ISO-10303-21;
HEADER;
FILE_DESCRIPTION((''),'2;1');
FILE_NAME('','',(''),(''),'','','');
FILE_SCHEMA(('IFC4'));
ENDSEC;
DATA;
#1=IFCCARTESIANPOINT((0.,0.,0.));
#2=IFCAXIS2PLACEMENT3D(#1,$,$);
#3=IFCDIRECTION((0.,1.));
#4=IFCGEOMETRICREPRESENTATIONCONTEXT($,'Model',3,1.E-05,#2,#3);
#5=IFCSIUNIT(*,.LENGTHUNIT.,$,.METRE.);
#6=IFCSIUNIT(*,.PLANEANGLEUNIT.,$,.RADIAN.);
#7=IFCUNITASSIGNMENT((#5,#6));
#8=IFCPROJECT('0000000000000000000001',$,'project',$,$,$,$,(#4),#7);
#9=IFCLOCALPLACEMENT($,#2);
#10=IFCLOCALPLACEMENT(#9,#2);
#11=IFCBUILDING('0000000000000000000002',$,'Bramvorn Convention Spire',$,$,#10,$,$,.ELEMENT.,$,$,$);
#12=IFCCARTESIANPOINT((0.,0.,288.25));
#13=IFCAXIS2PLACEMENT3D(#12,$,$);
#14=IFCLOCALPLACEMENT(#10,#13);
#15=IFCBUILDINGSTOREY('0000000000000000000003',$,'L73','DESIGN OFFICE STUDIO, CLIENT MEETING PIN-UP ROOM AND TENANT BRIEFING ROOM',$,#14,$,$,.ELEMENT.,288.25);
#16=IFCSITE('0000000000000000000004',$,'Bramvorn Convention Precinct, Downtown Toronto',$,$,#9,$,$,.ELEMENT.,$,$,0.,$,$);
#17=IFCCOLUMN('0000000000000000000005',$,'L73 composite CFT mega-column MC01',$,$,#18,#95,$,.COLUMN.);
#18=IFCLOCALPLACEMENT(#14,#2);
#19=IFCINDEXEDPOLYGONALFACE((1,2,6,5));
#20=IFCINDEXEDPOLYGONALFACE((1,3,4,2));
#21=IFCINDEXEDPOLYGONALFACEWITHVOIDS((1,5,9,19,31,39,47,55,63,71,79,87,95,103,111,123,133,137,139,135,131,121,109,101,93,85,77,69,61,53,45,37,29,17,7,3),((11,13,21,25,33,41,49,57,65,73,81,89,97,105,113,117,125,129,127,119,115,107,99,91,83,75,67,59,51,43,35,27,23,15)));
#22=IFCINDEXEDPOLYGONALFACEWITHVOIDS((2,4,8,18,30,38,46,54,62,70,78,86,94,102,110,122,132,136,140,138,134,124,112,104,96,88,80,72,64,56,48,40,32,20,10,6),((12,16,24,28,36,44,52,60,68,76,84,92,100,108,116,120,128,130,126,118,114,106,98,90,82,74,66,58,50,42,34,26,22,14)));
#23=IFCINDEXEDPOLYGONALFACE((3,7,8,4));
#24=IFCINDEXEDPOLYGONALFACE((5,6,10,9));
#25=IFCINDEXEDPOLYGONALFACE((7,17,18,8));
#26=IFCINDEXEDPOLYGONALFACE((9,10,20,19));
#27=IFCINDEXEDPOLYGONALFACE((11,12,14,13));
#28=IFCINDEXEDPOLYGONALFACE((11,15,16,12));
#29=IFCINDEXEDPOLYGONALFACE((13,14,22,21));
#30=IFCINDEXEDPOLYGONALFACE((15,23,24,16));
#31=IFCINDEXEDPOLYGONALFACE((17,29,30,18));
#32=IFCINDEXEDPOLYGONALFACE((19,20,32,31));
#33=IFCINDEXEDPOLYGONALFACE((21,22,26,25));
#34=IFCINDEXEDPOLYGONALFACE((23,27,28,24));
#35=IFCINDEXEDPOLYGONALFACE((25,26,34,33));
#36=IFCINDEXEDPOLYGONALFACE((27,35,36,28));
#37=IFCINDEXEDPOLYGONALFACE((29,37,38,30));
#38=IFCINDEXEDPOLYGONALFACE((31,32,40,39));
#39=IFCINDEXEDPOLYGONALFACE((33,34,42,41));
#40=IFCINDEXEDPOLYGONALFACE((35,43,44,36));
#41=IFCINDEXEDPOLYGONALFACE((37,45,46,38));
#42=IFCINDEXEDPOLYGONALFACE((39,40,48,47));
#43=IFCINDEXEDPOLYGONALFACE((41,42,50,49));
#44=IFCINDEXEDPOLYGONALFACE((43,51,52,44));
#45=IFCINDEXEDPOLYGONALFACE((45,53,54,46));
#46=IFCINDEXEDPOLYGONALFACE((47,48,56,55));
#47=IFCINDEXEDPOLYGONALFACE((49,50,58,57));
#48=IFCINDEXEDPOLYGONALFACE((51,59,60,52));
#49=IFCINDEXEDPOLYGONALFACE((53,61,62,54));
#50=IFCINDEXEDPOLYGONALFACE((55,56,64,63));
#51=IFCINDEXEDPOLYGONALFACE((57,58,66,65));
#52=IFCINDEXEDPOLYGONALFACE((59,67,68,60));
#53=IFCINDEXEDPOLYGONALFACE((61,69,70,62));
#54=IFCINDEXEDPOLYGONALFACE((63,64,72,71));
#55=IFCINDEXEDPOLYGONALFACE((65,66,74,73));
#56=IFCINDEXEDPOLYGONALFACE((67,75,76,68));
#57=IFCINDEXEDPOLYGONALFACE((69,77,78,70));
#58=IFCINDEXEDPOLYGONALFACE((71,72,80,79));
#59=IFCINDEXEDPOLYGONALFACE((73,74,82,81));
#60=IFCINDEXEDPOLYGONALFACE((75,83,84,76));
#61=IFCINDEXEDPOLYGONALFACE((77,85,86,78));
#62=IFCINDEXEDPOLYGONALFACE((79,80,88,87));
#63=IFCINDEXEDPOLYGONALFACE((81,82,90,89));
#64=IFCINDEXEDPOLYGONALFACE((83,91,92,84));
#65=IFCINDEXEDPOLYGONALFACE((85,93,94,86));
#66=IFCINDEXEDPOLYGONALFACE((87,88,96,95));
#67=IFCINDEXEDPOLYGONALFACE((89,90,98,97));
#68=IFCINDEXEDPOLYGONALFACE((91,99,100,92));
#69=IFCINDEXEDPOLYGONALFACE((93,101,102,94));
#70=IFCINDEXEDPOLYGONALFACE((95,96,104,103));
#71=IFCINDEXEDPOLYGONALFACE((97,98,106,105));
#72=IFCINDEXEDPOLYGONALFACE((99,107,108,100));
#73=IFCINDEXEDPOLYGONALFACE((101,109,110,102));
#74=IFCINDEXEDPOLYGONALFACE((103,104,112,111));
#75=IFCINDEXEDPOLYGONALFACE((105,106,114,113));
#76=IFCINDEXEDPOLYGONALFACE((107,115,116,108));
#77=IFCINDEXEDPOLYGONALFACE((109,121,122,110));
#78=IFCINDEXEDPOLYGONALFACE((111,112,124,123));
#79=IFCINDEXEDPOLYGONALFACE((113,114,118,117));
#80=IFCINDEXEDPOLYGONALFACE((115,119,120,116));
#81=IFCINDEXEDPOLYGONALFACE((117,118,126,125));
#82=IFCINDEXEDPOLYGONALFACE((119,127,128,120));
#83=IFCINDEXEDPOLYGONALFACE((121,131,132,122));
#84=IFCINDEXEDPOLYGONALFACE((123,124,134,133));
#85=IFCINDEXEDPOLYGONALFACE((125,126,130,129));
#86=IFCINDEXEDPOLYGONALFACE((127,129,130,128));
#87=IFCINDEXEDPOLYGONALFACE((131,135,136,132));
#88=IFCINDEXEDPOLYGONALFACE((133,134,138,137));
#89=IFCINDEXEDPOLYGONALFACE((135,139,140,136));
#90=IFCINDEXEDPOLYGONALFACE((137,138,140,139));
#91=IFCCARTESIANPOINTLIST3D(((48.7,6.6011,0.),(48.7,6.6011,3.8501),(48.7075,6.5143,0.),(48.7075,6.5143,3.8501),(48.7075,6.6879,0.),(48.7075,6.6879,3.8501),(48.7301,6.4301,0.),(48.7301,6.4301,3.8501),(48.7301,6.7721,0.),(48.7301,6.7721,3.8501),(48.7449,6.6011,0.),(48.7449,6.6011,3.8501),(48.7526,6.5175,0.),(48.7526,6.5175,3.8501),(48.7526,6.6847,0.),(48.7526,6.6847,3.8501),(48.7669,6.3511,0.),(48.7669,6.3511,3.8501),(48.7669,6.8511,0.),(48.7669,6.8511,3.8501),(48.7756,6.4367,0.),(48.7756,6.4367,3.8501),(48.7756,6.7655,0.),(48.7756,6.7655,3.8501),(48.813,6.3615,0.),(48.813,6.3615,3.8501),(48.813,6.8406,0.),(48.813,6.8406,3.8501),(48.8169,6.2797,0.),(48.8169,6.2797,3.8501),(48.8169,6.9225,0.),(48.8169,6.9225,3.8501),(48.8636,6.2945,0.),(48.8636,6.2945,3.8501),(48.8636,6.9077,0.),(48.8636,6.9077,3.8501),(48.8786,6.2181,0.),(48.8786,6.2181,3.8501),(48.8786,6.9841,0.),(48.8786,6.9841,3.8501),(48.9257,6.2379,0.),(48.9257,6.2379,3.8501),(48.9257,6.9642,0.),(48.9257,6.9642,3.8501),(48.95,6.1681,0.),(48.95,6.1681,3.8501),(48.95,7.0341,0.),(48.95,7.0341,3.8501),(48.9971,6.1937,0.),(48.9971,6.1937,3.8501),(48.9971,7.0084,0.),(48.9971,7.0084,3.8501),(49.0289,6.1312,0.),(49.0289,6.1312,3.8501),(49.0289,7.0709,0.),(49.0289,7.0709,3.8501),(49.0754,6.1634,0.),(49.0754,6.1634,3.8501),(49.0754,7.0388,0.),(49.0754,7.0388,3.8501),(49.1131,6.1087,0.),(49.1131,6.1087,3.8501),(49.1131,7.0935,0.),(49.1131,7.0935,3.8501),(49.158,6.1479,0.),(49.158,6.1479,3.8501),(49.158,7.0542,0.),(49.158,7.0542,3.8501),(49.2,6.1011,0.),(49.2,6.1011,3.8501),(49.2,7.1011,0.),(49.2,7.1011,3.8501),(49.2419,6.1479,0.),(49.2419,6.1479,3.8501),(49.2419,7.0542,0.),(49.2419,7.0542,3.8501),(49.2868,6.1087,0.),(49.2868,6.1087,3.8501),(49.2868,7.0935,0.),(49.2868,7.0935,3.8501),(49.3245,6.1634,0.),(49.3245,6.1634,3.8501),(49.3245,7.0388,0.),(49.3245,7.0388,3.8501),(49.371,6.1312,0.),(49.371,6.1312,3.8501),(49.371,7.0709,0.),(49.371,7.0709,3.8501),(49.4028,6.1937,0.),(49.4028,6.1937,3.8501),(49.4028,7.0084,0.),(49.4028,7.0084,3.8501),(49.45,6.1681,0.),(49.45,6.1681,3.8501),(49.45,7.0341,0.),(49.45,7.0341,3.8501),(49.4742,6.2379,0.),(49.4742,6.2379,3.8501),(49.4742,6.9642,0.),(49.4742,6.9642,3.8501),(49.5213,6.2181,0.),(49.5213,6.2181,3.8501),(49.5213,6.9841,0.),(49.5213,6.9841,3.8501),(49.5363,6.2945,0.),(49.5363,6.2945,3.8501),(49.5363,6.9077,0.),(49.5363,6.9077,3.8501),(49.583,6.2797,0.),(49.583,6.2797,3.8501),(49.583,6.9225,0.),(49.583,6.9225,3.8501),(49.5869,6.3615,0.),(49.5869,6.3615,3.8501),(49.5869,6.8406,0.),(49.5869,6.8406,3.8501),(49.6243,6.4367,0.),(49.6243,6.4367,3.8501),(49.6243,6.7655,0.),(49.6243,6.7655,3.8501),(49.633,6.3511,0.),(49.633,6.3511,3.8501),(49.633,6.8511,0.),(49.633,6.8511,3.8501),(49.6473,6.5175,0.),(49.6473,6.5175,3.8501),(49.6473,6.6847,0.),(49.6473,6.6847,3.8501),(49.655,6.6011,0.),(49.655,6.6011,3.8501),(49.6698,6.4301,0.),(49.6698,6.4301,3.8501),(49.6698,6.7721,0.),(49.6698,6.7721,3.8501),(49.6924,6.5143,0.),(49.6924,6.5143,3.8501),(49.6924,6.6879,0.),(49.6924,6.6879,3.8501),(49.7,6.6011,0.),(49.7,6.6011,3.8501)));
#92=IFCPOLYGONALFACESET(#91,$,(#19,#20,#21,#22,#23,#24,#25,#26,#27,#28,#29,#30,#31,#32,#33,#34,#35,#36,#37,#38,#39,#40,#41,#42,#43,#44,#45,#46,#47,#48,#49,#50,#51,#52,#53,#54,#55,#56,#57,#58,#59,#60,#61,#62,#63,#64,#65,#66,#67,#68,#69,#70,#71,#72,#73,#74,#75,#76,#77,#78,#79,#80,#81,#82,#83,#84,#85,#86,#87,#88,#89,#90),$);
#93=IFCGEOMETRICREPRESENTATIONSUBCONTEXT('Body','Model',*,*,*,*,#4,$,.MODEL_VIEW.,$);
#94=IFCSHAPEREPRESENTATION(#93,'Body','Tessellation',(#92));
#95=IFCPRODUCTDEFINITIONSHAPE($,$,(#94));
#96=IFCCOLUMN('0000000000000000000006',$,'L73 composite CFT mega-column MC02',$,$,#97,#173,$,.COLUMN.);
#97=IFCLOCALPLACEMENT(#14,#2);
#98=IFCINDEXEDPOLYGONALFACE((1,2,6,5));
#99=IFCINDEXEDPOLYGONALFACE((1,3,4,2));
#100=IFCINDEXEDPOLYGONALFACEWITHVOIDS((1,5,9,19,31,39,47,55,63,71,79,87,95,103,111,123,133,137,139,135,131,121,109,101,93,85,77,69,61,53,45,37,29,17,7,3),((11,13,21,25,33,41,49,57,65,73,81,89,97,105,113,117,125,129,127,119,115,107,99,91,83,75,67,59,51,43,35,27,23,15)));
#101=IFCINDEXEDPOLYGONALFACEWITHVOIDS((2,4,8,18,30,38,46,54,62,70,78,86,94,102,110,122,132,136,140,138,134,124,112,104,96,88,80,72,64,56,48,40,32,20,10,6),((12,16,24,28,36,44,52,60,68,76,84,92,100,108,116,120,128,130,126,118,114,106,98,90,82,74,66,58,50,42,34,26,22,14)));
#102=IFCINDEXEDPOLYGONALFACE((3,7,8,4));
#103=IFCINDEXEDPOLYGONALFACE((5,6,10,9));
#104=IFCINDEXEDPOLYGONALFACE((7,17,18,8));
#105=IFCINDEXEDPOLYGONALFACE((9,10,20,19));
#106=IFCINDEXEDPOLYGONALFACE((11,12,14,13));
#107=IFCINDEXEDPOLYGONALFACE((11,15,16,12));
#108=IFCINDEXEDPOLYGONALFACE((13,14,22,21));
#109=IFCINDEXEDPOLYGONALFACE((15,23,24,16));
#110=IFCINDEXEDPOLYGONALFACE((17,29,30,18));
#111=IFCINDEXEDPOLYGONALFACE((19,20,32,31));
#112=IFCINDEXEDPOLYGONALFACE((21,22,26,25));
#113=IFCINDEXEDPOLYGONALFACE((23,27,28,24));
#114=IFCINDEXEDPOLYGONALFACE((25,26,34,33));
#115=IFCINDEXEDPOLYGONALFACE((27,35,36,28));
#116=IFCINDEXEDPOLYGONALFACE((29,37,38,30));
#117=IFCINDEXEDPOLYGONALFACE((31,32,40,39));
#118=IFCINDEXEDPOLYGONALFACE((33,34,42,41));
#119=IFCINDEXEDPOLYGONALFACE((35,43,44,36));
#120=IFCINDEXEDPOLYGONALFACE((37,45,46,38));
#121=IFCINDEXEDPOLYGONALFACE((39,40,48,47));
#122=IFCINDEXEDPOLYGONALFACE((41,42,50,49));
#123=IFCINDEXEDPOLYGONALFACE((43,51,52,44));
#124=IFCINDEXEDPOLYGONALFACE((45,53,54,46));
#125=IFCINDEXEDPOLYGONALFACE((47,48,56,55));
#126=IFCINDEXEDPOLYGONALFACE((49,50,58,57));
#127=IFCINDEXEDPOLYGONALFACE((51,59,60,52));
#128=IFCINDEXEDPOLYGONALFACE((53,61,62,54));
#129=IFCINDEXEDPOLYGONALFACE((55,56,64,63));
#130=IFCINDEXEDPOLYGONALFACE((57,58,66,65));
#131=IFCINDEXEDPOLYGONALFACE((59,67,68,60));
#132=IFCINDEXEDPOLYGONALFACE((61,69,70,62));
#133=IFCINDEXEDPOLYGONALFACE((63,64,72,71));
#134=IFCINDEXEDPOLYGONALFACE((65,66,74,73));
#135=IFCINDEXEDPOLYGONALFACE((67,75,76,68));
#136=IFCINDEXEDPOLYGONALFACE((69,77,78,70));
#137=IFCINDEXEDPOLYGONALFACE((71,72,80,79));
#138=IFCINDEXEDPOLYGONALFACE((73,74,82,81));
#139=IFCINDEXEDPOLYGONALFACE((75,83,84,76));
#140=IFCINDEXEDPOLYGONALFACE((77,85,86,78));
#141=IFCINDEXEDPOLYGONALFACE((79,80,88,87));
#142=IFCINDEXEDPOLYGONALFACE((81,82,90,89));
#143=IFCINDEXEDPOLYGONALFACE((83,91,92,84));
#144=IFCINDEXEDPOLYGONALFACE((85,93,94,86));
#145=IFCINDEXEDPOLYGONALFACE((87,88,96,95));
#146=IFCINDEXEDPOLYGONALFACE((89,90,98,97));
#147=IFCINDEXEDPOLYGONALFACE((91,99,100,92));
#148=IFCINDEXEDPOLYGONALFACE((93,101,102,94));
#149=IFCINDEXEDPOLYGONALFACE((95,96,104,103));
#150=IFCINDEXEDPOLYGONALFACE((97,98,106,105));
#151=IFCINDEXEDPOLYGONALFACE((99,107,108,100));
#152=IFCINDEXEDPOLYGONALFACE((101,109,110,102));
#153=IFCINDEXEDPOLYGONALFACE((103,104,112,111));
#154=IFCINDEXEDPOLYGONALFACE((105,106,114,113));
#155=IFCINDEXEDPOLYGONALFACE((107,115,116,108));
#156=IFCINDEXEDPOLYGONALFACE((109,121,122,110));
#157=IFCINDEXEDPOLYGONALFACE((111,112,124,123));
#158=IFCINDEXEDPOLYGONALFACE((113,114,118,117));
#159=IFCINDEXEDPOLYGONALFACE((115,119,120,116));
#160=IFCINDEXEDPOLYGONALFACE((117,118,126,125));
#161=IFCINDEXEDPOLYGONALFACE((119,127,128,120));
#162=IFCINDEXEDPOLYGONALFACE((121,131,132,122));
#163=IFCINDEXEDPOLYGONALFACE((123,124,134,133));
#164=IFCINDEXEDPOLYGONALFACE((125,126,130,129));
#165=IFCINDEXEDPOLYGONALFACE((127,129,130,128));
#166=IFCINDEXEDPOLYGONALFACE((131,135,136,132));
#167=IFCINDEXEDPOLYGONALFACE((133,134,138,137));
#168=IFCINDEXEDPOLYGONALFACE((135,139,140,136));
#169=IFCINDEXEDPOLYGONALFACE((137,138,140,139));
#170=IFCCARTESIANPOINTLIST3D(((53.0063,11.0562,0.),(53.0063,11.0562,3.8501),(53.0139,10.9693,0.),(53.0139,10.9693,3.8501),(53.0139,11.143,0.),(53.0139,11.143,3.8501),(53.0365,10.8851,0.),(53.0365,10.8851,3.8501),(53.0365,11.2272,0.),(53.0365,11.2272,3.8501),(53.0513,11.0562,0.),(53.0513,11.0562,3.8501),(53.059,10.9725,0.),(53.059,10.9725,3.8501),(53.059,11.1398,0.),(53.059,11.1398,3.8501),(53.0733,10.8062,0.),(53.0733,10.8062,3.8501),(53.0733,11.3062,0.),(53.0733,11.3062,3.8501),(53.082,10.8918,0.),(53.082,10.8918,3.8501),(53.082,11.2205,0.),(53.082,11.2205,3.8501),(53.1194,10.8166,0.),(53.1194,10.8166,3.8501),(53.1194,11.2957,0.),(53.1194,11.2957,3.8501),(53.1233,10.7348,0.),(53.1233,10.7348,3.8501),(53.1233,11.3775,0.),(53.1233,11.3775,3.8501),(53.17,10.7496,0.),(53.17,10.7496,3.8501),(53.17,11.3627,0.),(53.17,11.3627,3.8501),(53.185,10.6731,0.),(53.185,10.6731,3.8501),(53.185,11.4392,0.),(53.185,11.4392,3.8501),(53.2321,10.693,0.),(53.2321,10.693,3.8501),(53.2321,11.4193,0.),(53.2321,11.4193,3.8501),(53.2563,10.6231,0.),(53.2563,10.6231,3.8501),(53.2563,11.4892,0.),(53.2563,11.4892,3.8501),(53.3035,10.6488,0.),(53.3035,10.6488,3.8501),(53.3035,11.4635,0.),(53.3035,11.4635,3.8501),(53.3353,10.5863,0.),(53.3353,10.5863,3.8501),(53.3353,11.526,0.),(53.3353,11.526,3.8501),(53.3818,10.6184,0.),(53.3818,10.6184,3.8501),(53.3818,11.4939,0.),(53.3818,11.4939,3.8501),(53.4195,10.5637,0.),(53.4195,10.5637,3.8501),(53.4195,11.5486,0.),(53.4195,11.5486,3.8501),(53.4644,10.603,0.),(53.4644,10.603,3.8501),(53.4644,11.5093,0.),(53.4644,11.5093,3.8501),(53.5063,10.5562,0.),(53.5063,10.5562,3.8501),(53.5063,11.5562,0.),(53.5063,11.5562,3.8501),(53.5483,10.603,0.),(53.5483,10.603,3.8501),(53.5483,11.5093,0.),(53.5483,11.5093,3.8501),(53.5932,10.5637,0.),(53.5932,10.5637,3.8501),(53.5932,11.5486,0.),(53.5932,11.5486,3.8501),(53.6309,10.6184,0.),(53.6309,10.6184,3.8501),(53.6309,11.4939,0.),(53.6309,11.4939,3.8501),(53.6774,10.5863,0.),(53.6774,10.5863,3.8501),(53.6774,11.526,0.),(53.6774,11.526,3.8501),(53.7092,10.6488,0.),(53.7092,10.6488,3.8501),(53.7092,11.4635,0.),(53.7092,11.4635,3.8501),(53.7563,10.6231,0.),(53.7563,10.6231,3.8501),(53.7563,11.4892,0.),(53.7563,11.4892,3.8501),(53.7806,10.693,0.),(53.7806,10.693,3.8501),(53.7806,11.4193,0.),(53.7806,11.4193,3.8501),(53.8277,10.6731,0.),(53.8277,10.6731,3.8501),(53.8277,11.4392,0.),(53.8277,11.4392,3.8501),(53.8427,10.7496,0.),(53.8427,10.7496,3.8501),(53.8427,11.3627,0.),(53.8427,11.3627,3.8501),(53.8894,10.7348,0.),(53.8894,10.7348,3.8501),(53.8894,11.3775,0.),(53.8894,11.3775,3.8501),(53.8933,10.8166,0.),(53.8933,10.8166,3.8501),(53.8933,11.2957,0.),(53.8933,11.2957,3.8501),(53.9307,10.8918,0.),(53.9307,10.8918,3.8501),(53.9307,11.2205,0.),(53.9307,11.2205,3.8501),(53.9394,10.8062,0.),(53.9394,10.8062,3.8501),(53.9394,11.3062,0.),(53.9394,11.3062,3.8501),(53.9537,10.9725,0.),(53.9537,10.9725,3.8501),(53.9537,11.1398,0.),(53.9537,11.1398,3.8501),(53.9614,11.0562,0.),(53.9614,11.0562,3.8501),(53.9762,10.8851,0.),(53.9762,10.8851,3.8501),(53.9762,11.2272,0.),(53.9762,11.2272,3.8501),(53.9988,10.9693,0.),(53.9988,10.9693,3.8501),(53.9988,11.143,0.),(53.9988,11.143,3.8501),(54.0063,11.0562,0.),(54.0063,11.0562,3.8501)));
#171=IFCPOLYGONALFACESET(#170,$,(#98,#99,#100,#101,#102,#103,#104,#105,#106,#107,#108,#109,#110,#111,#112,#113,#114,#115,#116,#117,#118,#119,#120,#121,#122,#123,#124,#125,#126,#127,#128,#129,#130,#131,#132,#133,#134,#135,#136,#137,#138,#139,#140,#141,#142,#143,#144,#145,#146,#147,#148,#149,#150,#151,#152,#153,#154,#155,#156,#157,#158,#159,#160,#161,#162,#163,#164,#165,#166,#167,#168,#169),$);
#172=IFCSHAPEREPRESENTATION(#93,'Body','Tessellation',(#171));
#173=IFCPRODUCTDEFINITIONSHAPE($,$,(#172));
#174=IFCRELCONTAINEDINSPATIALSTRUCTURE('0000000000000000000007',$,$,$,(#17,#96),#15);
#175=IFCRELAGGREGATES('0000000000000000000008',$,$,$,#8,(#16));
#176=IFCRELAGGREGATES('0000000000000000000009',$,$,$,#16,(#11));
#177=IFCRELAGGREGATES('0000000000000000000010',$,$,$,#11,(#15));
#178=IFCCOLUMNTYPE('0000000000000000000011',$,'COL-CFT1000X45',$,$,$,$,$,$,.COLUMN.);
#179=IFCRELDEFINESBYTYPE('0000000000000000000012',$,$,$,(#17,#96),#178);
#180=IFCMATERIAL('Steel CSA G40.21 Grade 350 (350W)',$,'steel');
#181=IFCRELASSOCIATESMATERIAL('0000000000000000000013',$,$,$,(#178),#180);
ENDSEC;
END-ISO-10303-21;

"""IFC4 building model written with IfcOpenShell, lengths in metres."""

from ifc_helpers import new_model, si_unit, direction, frame, origin, origin_2d, place, context, subcontext, project, spatial, hollow_circle, extrude, material, material_profile, profile_set, type_object, element, save


model = new_model("IFC4")

# Units and contexts
model_context = context("Model", 3, precision=1e-05, world=origin(), true_north=direction((0.0, 1.0)))
body_context = subcontext(model_context, "Body", "Model", "MODEL_VIEW")
ifc_project = project(units=[si_unit("LENGTHUNIT", "METRE"), si_unit("PLANEANGLEUNIT", "RADIAN")], contexts=[model_context])

# Site, building, storey
site_placement = place(None, origin())
site = spatial("IfcSite", under=ifc_project, at=site_placement, Name="Bramvorn Convention Precinct, Downtown Toronto", CompositionType="ELEMENT", RefElevation=0.0)
building_placement = place(site_placement, origin())
building = spatial("IfcBuilding", under=site, at=building_placement, Name="Bramvorn Convention Spire", CompositionType="ELEMENT")
storey_placement = place(building_placement, frame((0.0, 0.0, 288.25)))
storey = spatial("IfcBuildingStorey", under=building, at=storey_placement, Name="L73", Description="DESIGN OFFICE STUDIO, CLIENT MEETING PIN-UP ROOM AND TENANT BRIEFING ROOM", CompositionType="ELEMENT", Elevation=288.25)

# Columns
ifc_material_1 = material(Name="Steel CSA G40.21 Grade 350 (350W)", Category="steel")
ifc_material_profile_1 = material_profile(ifc_material_1, hollow_circle(Radius=0.5, WallThickness=0.0449, at=origin_2d()))
ifc_profile_set_1 = profile_set([ifc_material_profile_1], Name="Steel CSA G40.21 Grade 350 (350W) - CFT1000X45")
column_type = type_object("IfcColumnType", Name="COL-CFT1000X45", PredefinedType="COLUMN", material=ifc_profile_set_1)
for number, where, z_axis, x_axis, name in (
    (1, (49.2, 6.6011, 0.0), (0.0, 0.0, 1.0), (1.0, 0.0, 0.0), "L73 composite CFT mega-column MC01"),
    (2, (53.5063, 11.0562, 0.0), (0.0, 0.0, 1.0), (1.0, 0.0, 0.0), "L73 composite CFT mega-column MC02"),
):
    element("IfcColumn", number, at=place(storey_placement, frame(where, z_axis=z_axis, x_axis=x_axis)), inside=storey, type_object=column_type, Name=name, PredefinedType="COLUMN", context=body_context, shape_type="SweptSolid", body=[
        extrude(hollow_circle(Radius=0.5, WallThickness=0.0449, at=origin_2d()), origin(), (0.0, 0.0, 1.0), 3.8501),
    ])

save(model, "model.ifc")
